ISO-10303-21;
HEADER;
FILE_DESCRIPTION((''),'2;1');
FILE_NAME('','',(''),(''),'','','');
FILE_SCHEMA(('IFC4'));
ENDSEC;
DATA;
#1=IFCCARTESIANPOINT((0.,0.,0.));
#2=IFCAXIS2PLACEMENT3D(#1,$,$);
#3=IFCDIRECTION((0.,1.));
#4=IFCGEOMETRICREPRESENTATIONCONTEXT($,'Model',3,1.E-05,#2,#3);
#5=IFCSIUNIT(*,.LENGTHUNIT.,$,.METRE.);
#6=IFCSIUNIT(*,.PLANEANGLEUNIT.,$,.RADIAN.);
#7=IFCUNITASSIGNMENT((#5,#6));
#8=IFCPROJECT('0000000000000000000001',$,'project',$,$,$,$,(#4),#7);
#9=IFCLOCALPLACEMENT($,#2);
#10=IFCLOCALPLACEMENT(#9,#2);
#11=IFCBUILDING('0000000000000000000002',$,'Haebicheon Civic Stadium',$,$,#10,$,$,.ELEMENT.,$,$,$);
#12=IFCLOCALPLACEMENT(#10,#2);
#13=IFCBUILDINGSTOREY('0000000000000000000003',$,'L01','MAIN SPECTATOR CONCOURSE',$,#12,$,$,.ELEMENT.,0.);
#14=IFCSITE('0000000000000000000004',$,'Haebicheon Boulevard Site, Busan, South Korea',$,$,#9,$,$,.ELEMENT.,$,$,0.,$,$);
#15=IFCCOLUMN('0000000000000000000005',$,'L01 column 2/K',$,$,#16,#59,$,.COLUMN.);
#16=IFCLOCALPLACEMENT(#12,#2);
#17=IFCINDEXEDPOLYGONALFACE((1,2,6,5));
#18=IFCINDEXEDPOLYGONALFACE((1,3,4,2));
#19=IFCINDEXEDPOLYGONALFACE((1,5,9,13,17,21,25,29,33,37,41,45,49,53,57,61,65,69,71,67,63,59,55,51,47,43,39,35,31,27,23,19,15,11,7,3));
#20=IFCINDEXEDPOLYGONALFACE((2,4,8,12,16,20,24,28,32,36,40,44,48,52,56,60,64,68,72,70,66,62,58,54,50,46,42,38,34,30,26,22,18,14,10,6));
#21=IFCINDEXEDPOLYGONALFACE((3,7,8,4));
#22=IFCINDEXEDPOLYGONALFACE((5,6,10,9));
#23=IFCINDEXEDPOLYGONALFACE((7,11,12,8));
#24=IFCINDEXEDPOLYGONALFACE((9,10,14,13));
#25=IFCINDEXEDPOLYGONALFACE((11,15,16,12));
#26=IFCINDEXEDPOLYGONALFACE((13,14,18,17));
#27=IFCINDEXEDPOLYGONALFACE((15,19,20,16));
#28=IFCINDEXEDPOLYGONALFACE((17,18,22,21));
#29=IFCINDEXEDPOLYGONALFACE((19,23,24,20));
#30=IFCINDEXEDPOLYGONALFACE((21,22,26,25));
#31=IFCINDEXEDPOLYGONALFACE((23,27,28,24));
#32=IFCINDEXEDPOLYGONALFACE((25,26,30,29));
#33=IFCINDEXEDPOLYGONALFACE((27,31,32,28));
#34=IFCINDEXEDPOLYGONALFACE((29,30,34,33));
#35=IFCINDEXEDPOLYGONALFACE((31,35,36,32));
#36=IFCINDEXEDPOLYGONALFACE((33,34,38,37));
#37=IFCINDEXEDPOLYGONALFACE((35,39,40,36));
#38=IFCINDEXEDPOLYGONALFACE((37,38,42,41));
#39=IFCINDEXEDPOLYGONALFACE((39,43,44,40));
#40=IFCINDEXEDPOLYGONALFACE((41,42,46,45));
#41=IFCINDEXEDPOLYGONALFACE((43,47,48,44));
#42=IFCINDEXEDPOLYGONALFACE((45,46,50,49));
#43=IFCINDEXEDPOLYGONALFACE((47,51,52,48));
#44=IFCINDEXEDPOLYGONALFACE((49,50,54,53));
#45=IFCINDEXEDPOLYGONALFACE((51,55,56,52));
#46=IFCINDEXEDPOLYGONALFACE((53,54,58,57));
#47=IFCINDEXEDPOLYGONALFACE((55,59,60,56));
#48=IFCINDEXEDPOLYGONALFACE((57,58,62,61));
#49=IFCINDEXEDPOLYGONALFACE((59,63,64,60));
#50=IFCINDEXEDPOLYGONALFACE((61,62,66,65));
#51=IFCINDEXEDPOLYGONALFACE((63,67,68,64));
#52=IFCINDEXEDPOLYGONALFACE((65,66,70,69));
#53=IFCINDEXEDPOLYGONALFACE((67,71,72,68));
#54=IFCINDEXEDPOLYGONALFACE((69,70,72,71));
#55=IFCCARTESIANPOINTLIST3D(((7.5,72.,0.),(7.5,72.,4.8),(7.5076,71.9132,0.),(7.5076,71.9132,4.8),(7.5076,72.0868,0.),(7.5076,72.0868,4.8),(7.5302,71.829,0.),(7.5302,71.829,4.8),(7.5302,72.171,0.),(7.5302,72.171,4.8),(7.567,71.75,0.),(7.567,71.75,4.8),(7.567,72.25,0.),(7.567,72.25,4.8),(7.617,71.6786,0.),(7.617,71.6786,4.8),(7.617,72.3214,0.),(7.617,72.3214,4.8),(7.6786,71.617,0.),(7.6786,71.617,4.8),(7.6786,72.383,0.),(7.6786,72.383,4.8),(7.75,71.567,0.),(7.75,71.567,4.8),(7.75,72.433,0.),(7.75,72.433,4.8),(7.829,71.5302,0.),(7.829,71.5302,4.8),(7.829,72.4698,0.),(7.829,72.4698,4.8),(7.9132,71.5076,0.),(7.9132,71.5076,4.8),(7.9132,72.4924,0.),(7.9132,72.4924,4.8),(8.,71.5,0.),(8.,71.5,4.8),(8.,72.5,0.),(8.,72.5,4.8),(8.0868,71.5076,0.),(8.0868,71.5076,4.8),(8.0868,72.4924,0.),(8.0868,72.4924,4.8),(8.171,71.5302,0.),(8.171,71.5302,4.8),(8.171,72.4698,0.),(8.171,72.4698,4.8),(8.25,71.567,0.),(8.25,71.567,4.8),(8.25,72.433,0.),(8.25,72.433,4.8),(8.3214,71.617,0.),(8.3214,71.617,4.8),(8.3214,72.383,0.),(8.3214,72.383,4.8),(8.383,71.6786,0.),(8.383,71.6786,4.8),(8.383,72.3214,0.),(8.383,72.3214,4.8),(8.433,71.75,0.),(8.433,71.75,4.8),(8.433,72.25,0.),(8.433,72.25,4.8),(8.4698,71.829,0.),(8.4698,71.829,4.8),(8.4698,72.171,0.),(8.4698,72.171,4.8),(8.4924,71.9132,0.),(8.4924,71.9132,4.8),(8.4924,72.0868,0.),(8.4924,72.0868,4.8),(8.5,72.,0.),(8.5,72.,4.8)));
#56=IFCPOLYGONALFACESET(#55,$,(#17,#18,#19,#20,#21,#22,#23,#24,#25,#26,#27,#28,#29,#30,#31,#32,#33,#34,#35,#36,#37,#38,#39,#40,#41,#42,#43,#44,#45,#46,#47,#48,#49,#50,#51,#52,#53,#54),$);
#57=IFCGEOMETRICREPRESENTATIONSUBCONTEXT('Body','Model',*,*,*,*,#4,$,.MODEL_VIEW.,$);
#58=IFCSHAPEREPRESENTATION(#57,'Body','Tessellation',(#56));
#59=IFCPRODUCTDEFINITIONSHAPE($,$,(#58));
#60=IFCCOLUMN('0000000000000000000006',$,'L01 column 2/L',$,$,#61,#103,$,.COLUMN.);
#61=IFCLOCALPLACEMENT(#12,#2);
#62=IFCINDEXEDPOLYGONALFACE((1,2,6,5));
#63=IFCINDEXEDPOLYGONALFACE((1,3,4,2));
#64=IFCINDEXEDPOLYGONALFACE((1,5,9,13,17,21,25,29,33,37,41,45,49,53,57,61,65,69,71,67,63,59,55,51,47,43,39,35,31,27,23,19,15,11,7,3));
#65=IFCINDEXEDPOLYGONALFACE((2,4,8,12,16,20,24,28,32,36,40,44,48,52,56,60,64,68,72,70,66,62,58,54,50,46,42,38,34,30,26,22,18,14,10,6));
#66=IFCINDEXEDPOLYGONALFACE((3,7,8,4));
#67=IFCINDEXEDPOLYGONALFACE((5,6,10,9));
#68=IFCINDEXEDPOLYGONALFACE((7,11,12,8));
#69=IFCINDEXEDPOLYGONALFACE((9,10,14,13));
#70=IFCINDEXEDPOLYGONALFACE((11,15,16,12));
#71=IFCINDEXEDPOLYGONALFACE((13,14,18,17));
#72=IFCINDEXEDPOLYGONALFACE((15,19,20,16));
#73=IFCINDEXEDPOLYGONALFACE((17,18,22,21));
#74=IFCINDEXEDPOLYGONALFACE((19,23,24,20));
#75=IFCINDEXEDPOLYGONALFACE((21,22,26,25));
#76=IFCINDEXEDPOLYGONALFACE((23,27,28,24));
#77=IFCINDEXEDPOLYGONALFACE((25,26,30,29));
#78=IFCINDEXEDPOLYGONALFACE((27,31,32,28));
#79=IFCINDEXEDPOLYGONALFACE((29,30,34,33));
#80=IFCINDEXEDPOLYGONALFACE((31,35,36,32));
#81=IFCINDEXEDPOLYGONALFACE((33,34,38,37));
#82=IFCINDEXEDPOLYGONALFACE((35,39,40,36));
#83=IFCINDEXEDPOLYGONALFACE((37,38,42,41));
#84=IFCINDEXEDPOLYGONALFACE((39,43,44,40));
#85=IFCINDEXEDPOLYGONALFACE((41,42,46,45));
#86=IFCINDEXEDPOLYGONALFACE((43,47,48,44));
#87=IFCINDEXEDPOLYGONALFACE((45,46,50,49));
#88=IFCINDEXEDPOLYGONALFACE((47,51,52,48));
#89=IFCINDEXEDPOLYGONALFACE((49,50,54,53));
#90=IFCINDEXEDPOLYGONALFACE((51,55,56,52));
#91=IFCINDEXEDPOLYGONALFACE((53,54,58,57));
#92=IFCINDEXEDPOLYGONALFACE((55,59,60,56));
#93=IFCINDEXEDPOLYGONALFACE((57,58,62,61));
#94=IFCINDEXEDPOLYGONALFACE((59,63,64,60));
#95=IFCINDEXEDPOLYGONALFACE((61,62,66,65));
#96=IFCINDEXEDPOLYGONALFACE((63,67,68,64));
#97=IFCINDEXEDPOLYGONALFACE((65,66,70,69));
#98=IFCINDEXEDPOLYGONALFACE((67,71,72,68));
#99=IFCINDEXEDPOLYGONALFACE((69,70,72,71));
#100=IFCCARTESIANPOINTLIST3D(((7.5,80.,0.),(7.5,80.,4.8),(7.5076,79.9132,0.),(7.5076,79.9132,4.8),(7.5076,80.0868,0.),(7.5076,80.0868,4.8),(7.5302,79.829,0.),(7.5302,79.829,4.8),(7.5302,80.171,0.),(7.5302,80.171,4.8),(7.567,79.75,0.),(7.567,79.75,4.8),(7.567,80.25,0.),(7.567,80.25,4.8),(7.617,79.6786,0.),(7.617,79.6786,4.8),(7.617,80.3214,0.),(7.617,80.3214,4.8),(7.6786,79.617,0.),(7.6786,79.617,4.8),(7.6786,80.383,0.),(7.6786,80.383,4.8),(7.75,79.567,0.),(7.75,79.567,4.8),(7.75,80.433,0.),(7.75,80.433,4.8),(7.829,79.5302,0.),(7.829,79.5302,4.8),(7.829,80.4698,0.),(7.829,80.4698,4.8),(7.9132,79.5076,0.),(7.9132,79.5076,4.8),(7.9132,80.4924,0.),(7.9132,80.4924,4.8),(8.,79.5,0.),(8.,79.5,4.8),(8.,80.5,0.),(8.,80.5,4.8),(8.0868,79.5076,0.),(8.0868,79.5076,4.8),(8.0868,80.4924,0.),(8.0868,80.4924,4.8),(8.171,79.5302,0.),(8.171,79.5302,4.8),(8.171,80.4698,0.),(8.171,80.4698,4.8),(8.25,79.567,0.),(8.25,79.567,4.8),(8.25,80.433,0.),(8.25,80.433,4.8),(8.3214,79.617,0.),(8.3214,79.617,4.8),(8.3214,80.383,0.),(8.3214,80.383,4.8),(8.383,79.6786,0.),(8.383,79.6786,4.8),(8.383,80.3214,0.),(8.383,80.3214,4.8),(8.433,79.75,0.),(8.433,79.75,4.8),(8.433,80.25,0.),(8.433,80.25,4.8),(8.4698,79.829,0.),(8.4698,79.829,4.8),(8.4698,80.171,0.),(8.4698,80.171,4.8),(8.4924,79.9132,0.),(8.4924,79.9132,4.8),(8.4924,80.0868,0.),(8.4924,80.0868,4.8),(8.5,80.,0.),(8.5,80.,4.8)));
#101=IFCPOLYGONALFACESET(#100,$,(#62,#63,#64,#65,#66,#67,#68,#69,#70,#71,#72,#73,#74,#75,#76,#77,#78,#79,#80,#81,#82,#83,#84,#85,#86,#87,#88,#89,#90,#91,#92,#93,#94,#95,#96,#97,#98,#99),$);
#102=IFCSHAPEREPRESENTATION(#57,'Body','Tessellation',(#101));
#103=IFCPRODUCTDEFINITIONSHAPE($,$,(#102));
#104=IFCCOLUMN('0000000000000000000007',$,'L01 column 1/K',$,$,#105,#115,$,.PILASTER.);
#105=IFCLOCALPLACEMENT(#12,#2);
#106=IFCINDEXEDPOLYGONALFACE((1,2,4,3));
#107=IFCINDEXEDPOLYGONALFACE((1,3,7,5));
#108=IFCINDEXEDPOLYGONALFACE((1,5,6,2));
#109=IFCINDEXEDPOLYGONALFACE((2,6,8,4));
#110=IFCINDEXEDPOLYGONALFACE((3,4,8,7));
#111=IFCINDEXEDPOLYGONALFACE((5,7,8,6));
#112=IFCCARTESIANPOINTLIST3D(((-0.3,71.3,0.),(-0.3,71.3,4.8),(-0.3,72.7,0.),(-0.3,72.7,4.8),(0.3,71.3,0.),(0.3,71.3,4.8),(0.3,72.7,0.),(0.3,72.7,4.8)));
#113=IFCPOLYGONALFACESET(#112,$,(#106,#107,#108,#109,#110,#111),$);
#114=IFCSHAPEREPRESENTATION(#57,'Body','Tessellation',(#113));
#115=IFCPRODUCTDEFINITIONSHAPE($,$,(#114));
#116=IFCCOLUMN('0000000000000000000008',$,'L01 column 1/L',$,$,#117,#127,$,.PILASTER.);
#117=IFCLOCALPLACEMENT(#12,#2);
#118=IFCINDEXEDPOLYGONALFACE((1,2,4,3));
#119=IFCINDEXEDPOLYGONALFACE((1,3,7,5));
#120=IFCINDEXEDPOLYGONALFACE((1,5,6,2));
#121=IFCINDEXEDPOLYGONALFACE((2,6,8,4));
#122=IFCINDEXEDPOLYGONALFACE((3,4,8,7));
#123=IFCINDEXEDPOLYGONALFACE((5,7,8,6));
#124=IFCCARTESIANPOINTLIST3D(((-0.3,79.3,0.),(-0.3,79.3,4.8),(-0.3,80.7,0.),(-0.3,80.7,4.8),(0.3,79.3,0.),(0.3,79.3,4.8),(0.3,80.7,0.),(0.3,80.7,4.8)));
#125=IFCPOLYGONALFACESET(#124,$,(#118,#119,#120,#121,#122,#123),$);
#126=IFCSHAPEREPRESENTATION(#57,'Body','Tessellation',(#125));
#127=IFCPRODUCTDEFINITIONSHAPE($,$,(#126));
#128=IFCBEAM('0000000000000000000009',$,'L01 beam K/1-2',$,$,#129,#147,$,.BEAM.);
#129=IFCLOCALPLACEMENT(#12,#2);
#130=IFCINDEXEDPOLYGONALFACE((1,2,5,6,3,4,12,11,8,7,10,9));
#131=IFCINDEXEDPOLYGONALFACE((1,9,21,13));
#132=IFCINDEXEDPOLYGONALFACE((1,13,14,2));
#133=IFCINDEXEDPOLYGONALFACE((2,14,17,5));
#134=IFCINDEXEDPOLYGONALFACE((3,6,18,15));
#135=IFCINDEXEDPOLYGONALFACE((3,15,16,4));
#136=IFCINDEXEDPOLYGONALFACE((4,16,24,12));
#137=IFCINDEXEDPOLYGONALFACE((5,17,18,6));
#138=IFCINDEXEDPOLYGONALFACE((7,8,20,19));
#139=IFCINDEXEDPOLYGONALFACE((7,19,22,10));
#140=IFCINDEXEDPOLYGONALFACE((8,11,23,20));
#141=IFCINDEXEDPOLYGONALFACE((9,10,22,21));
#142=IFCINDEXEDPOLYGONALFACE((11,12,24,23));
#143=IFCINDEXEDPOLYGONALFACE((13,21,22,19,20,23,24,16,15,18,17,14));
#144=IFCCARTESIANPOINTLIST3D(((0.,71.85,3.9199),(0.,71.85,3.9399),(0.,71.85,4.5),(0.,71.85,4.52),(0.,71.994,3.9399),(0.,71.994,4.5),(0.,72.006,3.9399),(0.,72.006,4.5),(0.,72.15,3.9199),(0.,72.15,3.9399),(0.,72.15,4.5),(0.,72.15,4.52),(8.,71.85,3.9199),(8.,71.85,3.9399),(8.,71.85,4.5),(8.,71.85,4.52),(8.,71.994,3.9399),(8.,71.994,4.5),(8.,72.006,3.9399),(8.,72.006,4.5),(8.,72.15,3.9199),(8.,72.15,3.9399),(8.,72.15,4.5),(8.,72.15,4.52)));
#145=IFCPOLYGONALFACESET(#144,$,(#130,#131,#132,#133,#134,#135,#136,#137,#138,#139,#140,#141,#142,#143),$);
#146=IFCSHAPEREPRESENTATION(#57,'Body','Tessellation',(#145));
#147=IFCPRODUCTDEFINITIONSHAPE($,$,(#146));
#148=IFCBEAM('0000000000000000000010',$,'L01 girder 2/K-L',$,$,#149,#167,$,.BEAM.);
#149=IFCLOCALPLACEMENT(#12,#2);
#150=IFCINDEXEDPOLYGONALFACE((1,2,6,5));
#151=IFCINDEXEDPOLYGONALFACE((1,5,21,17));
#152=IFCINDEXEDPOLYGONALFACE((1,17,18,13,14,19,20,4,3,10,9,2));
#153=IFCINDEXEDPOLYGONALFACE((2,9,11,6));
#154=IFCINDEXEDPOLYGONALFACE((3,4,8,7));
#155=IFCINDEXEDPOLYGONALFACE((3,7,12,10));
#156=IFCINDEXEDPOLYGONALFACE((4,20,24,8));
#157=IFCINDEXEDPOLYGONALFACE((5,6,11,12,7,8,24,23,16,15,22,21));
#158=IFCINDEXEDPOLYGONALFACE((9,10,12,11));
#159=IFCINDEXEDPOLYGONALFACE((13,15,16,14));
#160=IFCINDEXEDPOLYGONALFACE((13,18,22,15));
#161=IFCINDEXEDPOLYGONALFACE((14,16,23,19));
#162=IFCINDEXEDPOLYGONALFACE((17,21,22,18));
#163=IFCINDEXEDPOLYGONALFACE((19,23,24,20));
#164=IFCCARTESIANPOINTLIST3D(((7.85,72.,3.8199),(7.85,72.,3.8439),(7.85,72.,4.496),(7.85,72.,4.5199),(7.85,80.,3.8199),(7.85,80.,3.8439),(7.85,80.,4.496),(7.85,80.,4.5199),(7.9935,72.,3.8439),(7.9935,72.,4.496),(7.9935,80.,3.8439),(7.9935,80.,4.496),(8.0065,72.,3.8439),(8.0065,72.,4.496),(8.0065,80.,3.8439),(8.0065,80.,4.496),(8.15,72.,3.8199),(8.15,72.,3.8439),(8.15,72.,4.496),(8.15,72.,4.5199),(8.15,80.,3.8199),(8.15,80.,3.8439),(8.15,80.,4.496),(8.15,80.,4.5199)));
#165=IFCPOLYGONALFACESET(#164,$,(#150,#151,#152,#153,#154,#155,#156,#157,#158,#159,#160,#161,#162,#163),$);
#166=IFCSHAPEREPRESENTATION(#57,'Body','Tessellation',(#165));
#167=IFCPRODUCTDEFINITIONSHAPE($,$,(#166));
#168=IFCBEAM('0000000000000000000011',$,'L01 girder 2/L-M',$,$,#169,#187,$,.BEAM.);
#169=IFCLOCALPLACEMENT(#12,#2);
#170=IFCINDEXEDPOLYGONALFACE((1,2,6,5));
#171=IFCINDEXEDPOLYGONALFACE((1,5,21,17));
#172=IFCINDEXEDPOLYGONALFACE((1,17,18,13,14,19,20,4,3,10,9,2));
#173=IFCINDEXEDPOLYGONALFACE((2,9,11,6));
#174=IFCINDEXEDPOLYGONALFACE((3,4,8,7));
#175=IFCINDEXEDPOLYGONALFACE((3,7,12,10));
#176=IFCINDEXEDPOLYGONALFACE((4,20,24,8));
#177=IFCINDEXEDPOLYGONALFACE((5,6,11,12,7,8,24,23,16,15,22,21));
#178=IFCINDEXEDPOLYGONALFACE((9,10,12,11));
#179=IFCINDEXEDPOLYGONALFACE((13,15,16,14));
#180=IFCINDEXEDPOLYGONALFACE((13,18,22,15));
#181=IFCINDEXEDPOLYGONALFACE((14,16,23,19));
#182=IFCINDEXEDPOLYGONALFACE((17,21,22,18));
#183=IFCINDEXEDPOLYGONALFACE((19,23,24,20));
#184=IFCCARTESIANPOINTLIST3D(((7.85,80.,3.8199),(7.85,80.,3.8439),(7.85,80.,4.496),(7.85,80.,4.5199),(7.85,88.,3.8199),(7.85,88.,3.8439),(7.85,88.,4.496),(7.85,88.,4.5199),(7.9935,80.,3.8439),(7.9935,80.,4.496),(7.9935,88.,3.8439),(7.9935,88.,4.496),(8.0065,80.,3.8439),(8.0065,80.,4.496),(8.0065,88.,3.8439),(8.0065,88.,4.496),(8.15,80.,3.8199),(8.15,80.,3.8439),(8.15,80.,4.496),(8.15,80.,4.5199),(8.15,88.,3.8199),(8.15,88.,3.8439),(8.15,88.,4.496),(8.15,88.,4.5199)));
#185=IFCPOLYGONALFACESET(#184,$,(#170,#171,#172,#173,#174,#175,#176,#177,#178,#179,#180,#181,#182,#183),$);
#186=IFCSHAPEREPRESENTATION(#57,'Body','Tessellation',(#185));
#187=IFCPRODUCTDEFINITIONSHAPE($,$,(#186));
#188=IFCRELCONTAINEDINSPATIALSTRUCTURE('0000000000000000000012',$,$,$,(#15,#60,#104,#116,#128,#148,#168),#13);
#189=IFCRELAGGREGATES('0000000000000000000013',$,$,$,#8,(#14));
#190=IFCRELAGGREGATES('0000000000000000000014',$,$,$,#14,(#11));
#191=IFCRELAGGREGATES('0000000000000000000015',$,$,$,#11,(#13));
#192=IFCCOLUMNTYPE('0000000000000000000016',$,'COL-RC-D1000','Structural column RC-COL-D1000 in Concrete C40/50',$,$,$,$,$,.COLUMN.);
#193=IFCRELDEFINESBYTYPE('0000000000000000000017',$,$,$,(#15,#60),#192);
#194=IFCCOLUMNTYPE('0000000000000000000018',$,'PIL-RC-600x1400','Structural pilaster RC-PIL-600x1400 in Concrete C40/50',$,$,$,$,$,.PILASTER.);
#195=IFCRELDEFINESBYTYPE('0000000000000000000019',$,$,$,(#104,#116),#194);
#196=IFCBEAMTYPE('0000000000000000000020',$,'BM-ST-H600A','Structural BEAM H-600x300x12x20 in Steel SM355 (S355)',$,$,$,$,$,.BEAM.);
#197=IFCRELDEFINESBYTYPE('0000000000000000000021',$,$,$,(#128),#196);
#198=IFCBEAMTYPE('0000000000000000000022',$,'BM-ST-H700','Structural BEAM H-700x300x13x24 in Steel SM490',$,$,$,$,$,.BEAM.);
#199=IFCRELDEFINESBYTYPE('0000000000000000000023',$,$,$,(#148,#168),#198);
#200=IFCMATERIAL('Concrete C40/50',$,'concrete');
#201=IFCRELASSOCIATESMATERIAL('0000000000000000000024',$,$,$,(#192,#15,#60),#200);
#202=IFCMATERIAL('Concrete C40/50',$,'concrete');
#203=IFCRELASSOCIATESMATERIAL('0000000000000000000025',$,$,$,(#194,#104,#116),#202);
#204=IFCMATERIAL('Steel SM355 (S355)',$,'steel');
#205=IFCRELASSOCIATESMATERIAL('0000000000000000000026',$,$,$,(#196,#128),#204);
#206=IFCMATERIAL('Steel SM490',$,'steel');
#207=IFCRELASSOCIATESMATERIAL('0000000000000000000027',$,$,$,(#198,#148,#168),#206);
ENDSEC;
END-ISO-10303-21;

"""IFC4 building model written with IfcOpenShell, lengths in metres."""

from ifc_helpers import new_model, si_unit, direction, frame, origin, origin_2d, place, context, subcontext, project, spatial, rectangle, circle, i_section, extrude, material, material_profile, profile_set, type_object, element, save


model = new_model("IFC4")

# Units and contexts
model_context = context("Model", 3, precision=1e-05, world=origin(), true_north=direction((0.0, 1.0)))
body_context = subcontext(model_context, "Body", "Model", "MODEL_VIEW")
ifc_project = project(units=[si_unit("LENGTHUNIT", "METRE"), si_unit("PLANEANGLEUNIT", "RADIAN")], contexts=[model_context])

# Site, building, storey
site_placement = place(None, origin())
site = spatial("IfcSite", under=ifc_project, at=site_placement, Name="Haebicheon Boulevard Site, Busan, South Korea", CompositionType="ELEMENT", RefElevation=0.0)
building_placement = place(site_placement, origin())
building = spatial("IfcBuilding", under=site, at=building_placement, Name="Haebicheon Civic Stadium", CompositionType="ELEMENT")
storey_placement = place(building_placement, origin())
storey = spatial("IfcBuildingStorey", under=building, at=storey_placement, Name="L01", Description="MAIN SPECTATOR CONCOURSE", CompositionType="ELEMENT", Elevation=0.0)

# Columns
ifc_material_1 = material(Name="Concrete C40/50", Category="concrete")
ifc_material_profile_1 = material_profile(ifc_material_1, circle(Radius=0.5, at=origin_2d()), Name="RC-COL-D1000")
ifc_profile_set_1 = profile_set([ifc_material_profile_1], Name="Concrete C40/50")
column_type_1 = type_object("IfcColumnType", Name="COL-RC-D1000", Description="Structural column RC-COL-D1000 in Concrete C40/50", PredefinedType="COLUMN", material=ifc_profile_set_1)
for number, where, z_axis, x_axis, name in (
    (1, (8.0, 72.0, 0.0), (0.0, 0.0, 1.0), (1.0, 0.0, 0.0), "L01 column 2/K"),
    (2, (8.0, 80.0, 0.0), (0.0, 0.0, 1.0), (1.0, 0.0, 0.0), "L01 column 2/L"),
):
    element("IfcColumn", number, at=place(storey_placement, frame(where, z_axis=z_axis, x_axis=x_axis)), inside=storey, type_object=column_type_1, material=ifc_profile_set_1, Name=name, PredefinedType="COLUMN", context=body_context, shape_type="SweptSolid", body=[
        extrude(circle(Radius=0.5, at=origin_2d()), origin(), (0.0, 0.0, 1.0), 4.8),
    ])
ifc_material_2 = material(Name="Concrete C40/50", Category="concrete")
ifc_material_profile_2 = material_profile(ifc_material_2, rectangle(XDim=0.6001, YDim=1.3999, at=origin_2d()), Name="RC-PIL-600x1400")
ifc_profile_set_2 = profile_set([ifc_material_profile_2], Name="Concrete C40/50")
column_type_2 = type_object("IfcColumnType", Name="PIL-RC-600x1400", Description="Structural pilaster RC-PIL-600x1400 in Concrete C40/50", PredefinedType="PILASTER", material=ifc_profile_set_2)
for number, where, z_axis, x_axis, name in (
    (3, (0.0, 72.0, 0.0), (0.0, 0.0, 1.0), (1.0, 0.0, 0.0), "L01 column 1/K"),
    (4, (0.0, 80.0, 0.0), (0.0, 0.0, 1.0), (1.0, 0.0, 0.0), "L01 column 1/L"),
):
    element("IfcColumn", number, at=place(storey_placement, frame(where, z_axis=z_axis, x_axis=x_axis)), inside=storey, type_object=column_type_2, material=ifc_profile_set_2, Name=name, PredefinedType="PILASTER", context=body_context, shape_type="SweptSolid", body=[
        extrude(rectangle(XDim=0.6001, YDim=1.3999, at=origin_2d()), origin(), (0.0, 0.0, 1.0), 4.8),
    ])

# Beams
ifc_material_3 = material(Name="Steel SM355 (S355)", Category="steel")
ifc_material_profile_3 = material_profile(ifc_material_3, i_section(OverallWidth=0.3, OverallDepth=0.6001, WebThickness=0.012, FlangeThickness=0.02, at=origin_2d()), Name="H-600x300x12x20")
ifc_profile_set_3 = profile_set([ifc_material_profile_3], Name="Steel SM355 (S355)")
beam_type_1 = type_object("IfcBeamType", Name="BM-ST-H600A", Description="Structural BEAM H-600x300x12x20 in Steel SM355 (S355)", PredefinedType="BEAM", material=ifc_profile_set_3)
beam_placement = place(storey_placement, frame((0.0, 72.0, 4.22), z_axis=(1.0, 0.0, 0.0), x_axis=(0.0, 1.0, 0.0)))
element("IfcBeam", 5, at=beam_placement, inside=storey, type_object=beam_type_1, material=ifc_profile_set_3, Name="L01 beam K/1-2", PredefinedType="BEAM", context=body_context, shape_type="SweptSolid", body=[
    extrude(i_section(OverallWidth=0.3, OverallDepth=0.6001, WebThickness=0.012, FlangeThickness=0.02, at=origin_2d()), origin(), (0.0, 0.0, 1.0), 8.0),
])
ifc_material_4 = material(Name="Steel SM490", Category="steel")
ifc_material_profile_4 = material_profile(ifc_material_4, i_section(OverallWidth=0.3, OverallDepth=0.7, WebThickness=0.0129, FlangeThickness=0.0239, at=origin_2d()), Name="H-700x300x13x24")
ifc_profile_set_4 = profile_set([ifc_material_profile_4], Name="Steel SM490")
beam_type_2 = type_object("IfcBeamType", Name="BM-ST-H700", Description="Structural BEAM H-700x300x13x24 in Steel SM490", PredefinedType="BEAM", material=ifc_profile_set_4)
for number, where, z_axis, x_axis, name in (
    (6, (8.0, 72.0, 4.1699), (0.0, 1.0, 0.0), (-1.0, 0.0, 0.0), "L01 girder 2/K-L"),
    (7, (8.0, 80.0, 4.1699), (0.0, 1.0, 0.0), (-1.0, 0.0, 0.0), "L01 girder 2/L-M"),
):
    element("IfcBeam", number, at=place(storey_placement, frame(where, z_axis=z_axis, x_axis=x_axis)), inside=storey, type_object=beam_type_2, material=ifc_profile_set_4, Name=name, PredefinedType="BEAM", context=body_context, shape_type="SweptSolid", body=[
        extrude(i_section(OverallWidth=0.3, OverallDepth=0.7, WebThickness=0.0129, FlangeThickness=0.0239, at=origin_2d()), origin(), (0.0, 0.0, 1.0), 8.0),
    ])

save(model, "model.ifc")
